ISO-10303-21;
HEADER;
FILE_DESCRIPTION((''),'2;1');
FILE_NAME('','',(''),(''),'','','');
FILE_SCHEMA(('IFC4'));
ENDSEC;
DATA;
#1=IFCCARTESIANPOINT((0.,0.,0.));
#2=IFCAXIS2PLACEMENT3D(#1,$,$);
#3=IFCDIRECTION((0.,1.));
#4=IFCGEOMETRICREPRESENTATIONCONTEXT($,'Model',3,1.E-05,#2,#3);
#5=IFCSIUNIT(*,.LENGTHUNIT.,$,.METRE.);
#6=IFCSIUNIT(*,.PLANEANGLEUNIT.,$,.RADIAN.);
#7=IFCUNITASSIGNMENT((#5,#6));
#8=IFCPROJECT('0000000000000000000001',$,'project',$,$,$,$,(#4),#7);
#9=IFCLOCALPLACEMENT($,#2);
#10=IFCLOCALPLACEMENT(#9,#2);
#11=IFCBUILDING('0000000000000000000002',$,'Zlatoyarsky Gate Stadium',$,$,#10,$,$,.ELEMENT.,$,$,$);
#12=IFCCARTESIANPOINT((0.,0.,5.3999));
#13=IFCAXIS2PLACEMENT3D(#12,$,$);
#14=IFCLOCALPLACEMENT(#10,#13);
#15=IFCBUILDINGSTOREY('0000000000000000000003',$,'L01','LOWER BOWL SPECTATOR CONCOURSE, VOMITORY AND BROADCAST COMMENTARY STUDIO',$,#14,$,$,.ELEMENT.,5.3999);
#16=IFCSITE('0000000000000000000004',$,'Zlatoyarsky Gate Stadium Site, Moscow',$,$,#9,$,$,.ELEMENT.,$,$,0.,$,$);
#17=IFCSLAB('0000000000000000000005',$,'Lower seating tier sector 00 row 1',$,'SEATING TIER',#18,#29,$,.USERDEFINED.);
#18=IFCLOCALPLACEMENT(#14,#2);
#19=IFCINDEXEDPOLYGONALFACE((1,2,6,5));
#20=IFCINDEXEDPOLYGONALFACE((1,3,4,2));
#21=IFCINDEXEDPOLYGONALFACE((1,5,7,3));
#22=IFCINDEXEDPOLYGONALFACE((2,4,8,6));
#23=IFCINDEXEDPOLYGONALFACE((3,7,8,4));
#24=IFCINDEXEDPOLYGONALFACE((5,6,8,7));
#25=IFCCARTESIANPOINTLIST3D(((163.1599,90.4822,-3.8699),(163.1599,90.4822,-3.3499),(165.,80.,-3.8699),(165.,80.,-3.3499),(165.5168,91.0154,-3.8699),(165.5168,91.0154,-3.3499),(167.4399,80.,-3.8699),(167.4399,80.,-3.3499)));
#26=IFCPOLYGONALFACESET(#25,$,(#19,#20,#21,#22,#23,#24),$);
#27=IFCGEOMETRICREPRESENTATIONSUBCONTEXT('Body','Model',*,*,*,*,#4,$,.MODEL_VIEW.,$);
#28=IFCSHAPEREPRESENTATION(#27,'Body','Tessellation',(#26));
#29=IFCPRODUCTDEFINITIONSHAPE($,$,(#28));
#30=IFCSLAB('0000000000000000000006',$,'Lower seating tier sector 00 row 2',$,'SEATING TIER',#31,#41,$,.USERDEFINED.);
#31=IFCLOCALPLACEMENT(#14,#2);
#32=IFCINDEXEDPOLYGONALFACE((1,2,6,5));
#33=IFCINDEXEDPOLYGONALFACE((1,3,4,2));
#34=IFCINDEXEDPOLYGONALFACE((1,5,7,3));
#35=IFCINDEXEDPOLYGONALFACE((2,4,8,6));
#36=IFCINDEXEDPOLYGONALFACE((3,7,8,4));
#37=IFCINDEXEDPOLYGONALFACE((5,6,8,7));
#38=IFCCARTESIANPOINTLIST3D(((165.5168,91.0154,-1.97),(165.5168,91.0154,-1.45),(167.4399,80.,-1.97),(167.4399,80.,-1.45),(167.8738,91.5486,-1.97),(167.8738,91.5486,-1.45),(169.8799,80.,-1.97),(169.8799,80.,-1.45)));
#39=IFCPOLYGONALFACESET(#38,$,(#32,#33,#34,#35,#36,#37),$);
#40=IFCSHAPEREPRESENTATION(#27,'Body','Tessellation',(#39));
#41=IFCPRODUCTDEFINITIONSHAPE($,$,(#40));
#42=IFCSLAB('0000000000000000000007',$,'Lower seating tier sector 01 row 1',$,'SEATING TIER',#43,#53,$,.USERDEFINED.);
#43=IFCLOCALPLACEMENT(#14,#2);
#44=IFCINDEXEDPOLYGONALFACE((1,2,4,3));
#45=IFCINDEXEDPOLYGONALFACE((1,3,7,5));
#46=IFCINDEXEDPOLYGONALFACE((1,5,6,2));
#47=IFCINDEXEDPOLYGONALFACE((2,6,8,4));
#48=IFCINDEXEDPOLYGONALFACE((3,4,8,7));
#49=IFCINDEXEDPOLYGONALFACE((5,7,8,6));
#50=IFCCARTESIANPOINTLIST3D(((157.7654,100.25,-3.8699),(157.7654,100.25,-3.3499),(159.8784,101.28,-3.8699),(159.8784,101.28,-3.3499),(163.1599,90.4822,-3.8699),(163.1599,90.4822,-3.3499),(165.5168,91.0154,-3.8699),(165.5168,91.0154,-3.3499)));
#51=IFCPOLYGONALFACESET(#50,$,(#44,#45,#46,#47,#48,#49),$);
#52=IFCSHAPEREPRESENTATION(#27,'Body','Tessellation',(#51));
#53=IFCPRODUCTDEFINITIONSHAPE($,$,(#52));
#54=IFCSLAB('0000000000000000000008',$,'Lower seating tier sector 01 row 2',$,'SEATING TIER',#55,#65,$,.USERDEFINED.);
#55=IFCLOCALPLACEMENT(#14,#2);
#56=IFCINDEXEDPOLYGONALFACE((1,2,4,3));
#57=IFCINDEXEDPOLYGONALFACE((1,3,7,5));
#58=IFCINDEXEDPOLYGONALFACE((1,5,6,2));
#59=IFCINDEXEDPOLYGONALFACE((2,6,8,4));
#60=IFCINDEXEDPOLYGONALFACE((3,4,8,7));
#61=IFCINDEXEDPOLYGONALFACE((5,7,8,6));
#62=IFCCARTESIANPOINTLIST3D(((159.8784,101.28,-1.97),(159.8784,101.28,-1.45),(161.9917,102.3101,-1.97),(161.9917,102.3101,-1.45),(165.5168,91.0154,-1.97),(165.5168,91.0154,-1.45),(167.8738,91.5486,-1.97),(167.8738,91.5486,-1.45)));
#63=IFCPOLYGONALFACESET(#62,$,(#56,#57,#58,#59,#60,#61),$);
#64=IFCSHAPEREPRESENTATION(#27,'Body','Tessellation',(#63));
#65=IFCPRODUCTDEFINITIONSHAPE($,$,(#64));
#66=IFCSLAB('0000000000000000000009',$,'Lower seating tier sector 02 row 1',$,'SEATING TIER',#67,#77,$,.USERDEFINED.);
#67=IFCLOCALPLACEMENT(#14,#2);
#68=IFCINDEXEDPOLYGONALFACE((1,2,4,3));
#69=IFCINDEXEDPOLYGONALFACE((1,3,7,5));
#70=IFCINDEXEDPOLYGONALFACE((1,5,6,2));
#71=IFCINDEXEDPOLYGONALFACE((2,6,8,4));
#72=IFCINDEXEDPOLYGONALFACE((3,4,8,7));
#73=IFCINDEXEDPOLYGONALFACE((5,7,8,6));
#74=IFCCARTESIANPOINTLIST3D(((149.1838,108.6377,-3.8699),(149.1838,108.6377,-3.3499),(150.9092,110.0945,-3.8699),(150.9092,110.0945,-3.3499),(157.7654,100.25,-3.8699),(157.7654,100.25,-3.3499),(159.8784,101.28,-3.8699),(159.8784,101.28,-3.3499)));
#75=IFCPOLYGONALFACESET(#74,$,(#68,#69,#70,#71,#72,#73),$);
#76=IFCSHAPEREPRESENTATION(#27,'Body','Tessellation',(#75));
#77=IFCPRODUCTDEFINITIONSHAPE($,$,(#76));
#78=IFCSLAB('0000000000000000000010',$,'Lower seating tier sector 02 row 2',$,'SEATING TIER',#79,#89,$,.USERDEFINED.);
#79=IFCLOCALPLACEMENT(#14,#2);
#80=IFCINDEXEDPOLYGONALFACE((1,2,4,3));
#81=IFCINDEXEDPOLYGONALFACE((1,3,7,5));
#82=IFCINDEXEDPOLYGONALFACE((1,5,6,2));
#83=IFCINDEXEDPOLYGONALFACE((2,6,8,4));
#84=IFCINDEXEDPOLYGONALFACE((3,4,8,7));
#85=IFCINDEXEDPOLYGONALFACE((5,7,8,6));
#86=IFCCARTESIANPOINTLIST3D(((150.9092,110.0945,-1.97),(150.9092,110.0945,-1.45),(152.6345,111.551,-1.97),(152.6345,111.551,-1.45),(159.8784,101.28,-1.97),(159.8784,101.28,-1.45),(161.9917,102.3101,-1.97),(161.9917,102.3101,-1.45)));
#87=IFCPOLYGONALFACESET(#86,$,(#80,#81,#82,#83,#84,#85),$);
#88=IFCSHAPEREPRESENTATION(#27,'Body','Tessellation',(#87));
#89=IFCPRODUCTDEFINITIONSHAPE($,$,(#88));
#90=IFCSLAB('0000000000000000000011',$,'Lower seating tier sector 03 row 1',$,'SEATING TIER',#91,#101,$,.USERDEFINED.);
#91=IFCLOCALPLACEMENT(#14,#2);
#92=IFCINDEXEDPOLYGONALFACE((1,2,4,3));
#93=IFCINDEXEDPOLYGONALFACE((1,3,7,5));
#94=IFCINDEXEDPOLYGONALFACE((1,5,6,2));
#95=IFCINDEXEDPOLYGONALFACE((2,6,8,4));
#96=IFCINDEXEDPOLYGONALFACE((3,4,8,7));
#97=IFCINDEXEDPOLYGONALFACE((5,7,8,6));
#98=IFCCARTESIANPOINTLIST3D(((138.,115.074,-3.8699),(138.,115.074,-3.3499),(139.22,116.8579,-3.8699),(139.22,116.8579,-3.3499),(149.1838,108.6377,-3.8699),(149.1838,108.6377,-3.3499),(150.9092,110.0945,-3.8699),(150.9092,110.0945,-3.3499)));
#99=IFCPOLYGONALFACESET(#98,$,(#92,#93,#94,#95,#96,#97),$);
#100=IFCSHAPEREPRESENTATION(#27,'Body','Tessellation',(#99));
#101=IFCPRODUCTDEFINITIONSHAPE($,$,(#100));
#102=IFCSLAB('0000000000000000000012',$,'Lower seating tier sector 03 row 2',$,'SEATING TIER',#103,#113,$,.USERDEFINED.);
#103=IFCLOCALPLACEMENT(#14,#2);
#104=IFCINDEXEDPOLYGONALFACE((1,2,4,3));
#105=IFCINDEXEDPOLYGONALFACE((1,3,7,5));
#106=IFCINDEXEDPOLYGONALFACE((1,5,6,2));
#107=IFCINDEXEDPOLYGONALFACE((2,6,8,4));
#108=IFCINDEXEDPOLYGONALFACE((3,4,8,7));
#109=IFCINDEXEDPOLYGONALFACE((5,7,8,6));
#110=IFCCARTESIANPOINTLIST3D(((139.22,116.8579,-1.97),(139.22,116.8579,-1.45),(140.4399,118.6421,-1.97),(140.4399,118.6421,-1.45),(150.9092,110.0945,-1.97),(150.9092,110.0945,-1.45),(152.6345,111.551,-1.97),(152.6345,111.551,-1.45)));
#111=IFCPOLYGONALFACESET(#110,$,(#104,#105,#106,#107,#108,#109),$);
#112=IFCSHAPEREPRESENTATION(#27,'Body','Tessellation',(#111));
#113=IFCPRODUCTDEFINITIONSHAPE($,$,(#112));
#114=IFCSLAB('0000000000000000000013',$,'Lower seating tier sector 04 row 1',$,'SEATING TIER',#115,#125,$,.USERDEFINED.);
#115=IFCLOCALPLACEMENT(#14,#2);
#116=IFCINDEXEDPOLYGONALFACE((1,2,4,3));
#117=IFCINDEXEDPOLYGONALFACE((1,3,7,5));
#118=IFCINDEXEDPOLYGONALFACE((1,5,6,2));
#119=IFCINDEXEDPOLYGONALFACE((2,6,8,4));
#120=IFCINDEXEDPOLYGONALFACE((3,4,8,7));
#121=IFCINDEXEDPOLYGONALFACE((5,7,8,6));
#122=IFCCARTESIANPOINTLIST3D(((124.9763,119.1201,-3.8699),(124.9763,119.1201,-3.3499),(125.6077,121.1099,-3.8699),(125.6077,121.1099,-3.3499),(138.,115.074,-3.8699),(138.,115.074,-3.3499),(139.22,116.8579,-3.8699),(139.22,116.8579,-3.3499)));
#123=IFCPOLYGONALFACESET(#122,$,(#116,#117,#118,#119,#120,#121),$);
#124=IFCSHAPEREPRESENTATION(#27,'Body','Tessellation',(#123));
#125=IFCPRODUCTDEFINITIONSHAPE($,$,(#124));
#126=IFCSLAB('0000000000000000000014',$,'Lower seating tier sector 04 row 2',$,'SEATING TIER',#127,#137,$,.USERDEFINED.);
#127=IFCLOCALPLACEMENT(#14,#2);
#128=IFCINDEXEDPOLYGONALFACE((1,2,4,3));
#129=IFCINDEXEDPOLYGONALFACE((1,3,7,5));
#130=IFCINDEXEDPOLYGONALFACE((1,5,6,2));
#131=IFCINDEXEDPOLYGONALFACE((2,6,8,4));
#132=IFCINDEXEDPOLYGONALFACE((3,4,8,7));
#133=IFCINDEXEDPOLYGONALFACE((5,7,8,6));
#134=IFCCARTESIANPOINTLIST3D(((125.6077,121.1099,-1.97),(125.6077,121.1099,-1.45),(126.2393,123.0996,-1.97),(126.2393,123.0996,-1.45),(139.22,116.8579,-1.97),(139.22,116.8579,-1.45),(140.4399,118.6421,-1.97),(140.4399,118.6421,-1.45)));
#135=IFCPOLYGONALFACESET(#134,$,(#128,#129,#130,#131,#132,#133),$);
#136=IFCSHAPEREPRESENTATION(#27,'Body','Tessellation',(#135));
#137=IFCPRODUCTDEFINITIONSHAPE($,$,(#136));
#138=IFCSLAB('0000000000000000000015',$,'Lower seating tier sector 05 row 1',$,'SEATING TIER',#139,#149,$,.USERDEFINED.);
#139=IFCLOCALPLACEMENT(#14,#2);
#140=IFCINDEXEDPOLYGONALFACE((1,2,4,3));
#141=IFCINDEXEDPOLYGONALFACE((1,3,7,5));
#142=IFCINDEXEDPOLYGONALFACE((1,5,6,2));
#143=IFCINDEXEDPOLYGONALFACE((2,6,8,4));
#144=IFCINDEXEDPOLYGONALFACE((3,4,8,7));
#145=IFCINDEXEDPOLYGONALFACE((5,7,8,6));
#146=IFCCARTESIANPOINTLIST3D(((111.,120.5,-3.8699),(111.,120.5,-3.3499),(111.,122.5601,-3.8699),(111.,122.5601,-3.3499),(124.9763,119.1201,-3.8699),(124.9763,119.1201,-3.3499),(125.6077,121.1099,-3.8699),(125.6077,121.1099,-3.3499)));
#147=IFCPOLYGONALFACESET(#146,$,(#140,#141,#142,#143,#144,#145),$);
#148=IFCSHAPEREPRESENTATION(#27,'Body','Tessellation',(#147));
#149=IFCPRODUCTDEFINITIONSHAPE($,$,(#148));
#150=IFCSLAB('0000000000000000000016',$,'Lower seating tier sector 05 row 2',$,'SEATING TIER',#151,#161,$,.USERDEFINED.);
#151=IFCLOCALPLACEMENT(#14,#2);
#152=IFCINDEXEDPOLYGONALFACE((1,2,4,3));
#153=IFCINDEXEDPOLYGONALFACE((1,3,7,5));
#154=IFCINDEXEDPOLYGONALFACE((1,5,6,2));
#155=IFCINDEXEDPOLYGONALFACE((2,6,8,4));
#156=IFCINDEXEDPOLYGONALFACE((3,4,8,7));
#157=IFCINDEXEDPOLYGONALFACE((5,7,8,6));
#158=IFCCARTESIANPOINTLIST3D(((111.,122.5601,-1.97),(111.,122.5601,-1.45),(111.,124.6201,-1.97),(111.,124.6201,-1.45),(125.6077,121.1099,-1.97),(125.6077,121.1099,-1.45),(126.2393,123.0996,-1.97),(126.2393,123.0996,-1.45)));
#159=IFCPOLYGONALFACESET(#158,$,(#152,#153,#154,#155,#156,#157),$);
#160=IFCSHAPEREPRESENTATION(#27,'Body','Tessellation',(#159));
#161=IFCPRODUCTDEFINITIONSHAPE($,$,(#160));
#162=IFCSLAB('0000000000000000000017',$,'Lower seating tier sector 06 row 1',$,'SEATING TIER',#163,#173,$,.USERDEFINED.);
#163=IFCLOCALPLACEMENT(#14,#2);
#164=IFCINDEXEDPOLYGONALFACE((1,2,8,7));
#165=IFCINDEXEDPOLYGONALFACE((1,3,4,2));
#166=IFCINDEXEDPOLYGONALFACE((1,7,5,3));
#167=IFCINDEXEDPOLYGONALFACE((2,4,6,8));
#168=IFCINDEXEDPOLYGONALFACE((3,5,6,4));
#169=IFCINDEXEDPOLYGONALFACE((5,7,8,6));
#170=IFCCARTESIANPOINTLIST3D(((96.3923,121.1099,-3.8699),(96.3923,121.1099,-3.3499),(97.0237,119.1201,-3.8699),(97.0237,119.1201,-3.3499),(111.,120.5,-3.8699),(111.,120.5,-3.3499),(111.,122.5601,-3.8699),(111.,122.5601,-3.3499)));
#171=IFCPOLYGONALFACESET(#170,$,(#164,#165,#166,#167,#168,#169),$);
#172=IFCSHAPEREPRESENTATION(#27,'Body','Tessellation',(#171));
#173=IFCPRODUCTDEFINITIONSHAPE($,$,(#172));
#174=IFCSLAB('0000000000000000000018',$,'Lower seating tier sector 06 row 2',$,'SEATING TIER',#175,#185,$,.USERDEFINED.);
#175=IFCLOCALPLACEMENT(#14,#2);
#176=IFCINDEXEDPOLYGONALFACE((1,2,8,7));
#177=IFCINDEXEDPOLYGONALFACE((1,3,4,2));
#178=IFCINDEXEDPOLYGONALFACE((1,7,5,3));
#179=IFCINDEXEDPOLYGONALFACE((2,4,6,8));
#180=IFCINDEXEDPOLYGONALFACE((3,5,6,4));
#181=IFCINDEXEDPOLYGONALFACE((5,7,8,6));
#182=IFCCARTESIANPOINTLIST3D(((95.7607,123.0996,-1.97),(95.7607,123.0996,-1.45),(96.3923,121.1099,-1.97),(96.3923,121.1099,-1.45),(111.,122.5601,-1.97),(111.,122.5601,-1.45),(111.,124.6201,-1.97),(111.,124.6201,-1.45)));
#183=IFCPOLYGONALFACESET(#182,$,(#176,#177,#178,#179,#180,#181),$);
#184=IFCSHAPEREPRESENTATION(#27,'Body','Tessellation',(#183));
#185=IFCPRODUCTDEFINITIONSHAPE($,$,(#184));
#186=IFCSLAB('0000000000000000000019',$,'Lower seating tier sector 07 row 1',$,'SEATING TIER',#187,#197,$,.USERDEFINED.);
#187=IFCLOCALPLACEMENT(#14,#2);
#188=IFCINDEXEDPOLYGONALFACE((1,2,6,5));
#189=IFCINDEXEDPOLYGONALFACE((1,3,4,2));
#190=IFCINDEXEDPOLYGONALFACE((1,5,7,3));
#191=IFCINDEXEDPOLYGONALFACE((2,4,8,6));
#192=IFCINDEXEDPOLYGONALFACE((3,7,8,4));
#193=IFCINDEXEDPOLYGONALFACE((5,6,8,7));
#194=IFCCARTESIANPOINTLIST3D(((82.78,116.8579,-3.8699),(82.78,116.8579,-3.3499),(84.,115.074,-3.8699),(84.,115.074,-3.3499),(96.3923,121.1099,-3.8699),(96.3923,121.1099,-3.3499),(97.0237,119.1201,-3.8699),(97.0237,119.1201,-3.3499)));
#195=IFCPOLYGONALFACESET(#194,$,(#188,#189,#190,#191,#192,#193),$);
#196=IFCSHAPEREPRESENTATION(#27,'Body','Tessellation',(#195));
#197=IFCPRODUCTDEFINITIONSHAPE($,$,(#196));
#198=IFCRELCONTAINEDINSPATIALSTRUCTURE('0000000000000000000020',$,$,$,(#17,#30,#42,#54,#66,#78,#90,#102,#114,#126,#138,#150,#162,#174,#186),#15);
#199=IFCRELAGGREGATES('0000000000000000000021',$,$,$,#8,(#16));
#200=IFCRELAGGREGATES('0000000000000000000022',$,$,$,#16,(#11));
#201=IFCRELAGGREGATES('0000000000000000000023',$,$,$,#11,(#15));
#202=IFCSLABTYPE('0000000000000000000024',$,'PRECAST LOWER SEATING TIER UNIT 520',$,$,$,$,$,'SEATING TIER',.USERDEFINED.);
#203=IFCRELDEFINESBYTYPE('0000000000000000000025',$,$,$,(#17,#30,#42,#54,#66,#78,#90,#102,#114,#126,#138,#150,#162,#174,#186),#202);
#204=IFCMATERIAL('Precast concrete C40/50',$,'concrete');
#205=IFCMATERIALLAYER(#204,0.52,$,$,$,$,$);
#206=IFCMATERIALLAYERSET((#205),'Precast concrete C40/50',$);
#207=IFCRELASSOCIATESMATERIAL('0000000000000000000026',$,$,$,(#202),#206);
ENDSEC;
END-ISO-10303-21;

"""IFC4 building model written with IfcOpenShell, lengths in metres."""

from ifc_helpers import new_model, si_unit, direction, frame, origin, place, context, subcontext, project, spatial, polyline, outline, extrude, material, layer, layer_set, type_object, element, save


model = new_model("IFC4")

# Units and contexts
model_context = context("Model", 3, precision=1e-05, world=origin(), true_north=direction((0.0, 1.0)))
body_context = subcontext(model_context, "Body", "Model", "MODEL_VIEW")
ifc_project = project(units=[si_unit("LENGTHUNIT", "METRE"), si_unit("PLANEANGLEUNIT", "RADIAN")], contexts=[model_context])

# Site, building, storey
site_placement = place(None, origin())
site = spatial("IfcSite", under=ifc_project, at=site_placement, Name="Zlatoyarsky Gate Stadium Site, Moscow", CompositionType="ELEMENT", RefElevation=0.0)
building_placement = place(site_placement, origin())
building = spatial("IfcBuilding", under=site, at=building_placement, Name="Zlatoyarsky Gate Stadium", CompositionType="ELEMENT")
storey_placement = place(building_placement, frame((0.0, 0.0, 5.3999)))
storey = spatial("IfcBuildingStorey", under=building, at=storey_placement, Name="L01", Description="LOWER BOWL SPECTATOR CONCOURSE, VOMITORY AND BROADCAST COMMENTARY STUDIO", CompositionType="ELEMENT", Elevation=5.3999)

# Slabs
ifc_material = material(Name="Precast concrete C40/50", Category="concrete")
ifc_layer = layer(ifc_material, 0.52)
ifc_layer_set = layer_set([ifc_layer], Name="Precast concrete C40/50")
slab_type = type_object("IfcSlabType", Name="PRECAST LOWER SEATING TIER UNIT 520", ElementType="SEATING TIER", PredefinedType="USERDEFINED", material=ifc_layer_set)
slab_1_placement = place(storey_placement, frame((0.0, 0.0, -3.8699)))
element("IfcSlab", 1, at=slab_1_placement, inside=storey, type_object=slab_type, Name="Lower seating tier sector 00 row 1", ObjectType="SEATING TIER", PredefinedType="USERDEFINED", context=body_context, shape_type="SweptSolid", body=[
    extrude(outline(polyline([(165.0, 80.0), (167.4399, 80.0), (165.5168, 91.0154), (163.1599, 90.4822), (165.0, 80.0)])), origin(), (0.0, 0.0, 1.0), 0.52),
])
slab_2_placement = place(storey_placement, frame((0.0, 0.0, -1.97)))
element("IfcSlab", 2, at=slab_2_placement, inside=storey, type_object=slab_type, Name="Lower seating tier sector 00 row 2", ObjectType="SEATING TIER", PredefinedType="USERDEFINED", context=body_context, shape_type="SweptSolid", body=[
    extrude(outline(polyline([(167.4399, 80.0), (169.8799, 80.0), (167.8738, 91.5486), (165.5168, 91.0154), (167.4399, 80.0)])), origin(), (0.0, 0.0, 1.0), 0.52),
])
slab_3_placement = place(storey_placement, frame((0.0, 0.0, -3.8699)))
element("IfcSlab", 3, at=slab_3_placement, inside=storey, type_object=slab_type, Name="Lower seating tier sector 01 row 1", ObjectType="SEATING TIER", PredefinedType="USERDEFINED", context=body_context, shape_type="SweptSolid", body=[
    extrude(outline(polyline([(163.1599, 90.4822), (165.5168, 91.0154), (159.8784, 101.28), (157.7654, 100.25), (163.1599, 90.4822)])), origin(), (0.0, 0.0, 1.0), 0.52),
])
slab_4_placement = place(storey_placement, frame((0.0, 0.0, -1.97)))
element("IfcSlab", 4, at=slab_4_placement, inside=storey, type_object=slab_type, Name="Lower seating tier sector 01 row 2", ObjectType="SEATING TIER", PredefinedType="USERDEFINED", context=body_context, shape_type="SweptSolid", body=[
    extrude(outline(polyline([(165.5168, 91.0154), (167.8738, 91.5486), (161.9917, 102.3101), (159.8784, 101.28), (165.5168, 91.0154)])), origin(), (0.0, 0.0, 1.0), 0.52),
])
slab_5_placement = place(storey_placement, frame((0.0, 0.0, -3.8699)))
element("IfcSlab", 5, at=slab_5_placement, inside=storey, type_object=slab_type, Name="Lower seating tier sector 02 row 1", ObjectType="SEATING TIER", PredefinedType="USERDEFINED", context=body_context, shape_type="SweptSolid", body=[
    extrude(outline(polyline([(157.7654, 100.25), (159.8784, 101.28), (150.9092, 110.0945), (149.1838, 108.6377), (157.7654, 100.25)])), origin(), (0.0, 0.0, 1.0), 0.52),
])
slab_6_placement = place(storey_placement, frame((0.0, 0.0, -1.97)))
element("IfcSlab", 6, at=slab_6_placement, inside=storey, type_object=slab_type, Name="Lower seating tier sector 02 row 2", ObjectType="SEATING TIER", PredefinedType="USERDEFINED", context=body_context, shape_type="SweptSolid", body=[
    extrude(outline(polyline([(159.8784, 101.28), (161.9917, 102.3101), (152.6345, 111.551), (150.9092, 110.0945), (159.8784, 101.28)])), origin(), (0.0, 0.0, 1.0), 0.52),
])
slab_7_placement = place(storey_placement, frame((0.0, 0.0, -3.8699)))
element("IfcSlab", 7, at=slab_7_placement, inside=storey, type_object=slab_type, Name="Lower seating tier sector 03 row 1", ObjectType="SEATING TIER", PredefinedType="USERDEFINED", context=body_context, shape_type="SweptSolid", body=[
    extrude(outline(polyline([(149.1838, 108.6377), (150.9092, 110.0945), (139.22, 116.8579), (138.0, 115.074), (149.1838, 108.6377)])), origin(), (0.0, 0.0, 1.0), 0.52),
])
slab_8_placement = place(storey_placement, frame((0.0, 0.0, -1.97)))
element("IfcSlab", 8, at=slab_8_placement, inside=storey, type_object=slab_type, Name="Lower seating tier sector 03 row 2", ObjectType="SEATING TIER", PredefinedType="USERDEFINED", context=body_context, shape_type="SweptSolid", body=[
    extrude(outline(polyline([(150.9092, 110.0945), (152.6345, 111.551), (140.4399, 118.6421), (139.22, 116.8579), (150.9092, 110.0945)])), origin(), (0.0, 0.0, 1.0), 0.52),
])
slab_9_placement = place(storey_placement, frame((0.0, 0.0, -3.8699)))
element("IfcSlab", 9, at=slab_9_placement, inside=storey, type_object=slab_type, Name="Lower seating tier sector 04 row 1", ObjectType="SEATING TIER", PredefinedType="USERDEFINED", context=body_context, shape_type="SweptSolid", body=[
    extrude(outline(polyline([(138.0, 115.074), (139.22, 116.8579), (125.6077, 121.1099), (124.9763, 119.1201), (138.0, 115.074)])), origin(), (0.0, 0.0, 1.0), 0.52),
])
slab_10_placement = place(storey_placement, frame((0.0, 0.0, -1.97)))
element("IfcSlab", 10, at=slab_10_placement, inside=storey, type_object=slab_type, Name="Lower seating tier sector 04 row 2", ObjectType="SEATING TIER", PredefinedType="USERDEFINED", context=body_context, shape_type="SweptSolid", body=[
    extrude(outline(polyline([(139.22, 116.8579), (140.4399, 118.6421), (126.2393, 123.0996), (125.6077, 121.1099), (139.22, 116.8579)])), origin(), (0.0, 0.0, 1.0), 0.52),
])
slab_11_placement = place(storey_placement, frame((0.0, 0.0, -3.8699)))
element("IfcSlab", 11, at=slab_11_placement, inside=storey, type_object=slab_type, Name="Lower seating tier sector 05 row 1", ObjectType="SEATING TIER", PredefinedType="USERDEFINED", context=body_context, shape_type="SweptSolid", body=[
    extrude(outline(polyline([(124.9763, 119.1201), (125.6077, 121.1099), (111.0, 122.5601), (111.0, 120.5), (124.9763, 119.1201)])), origin(), (0.0, 0.0, 1.0), 0.52),
])
slab_12_placement = place(storey_placement, frame((0.0, 0.0, -1.97)))
element("IfcSlab", 12, at=slab_12_placement, inside=storey, type_object=slab_type, Name="Lower seating tier sector 05 row 2", ObjectType="SEATING TIER", PredefinedType="USERDEFINED", context=body_context, shape_type="SweptSolid", body=[
    extrude(outline(polyline([(125.6077, 121.1099), (126.2393, 123.0996), (111.0, 124.6201), (111.0, 122.5601), (125.6077, 121.1099)])), origin(), (0.0, 0.0, 1.0), 0.52),
])
slab_13_placement = place(storey_placement, frame((0.0, 0.0, -3.8699)))
element("IfcSlab", 13, at=slab_13_placement, inside=storey, type_object=slab_type, Name="Lower seating tier sector 06 row 1", ObjectType="SEATING TIER", PredefinedType="USERDEFINED", context=body_context, shape_type="SweptSolid", body=[
    extrude(outline(polyline([(111.0, 120.5), (111.0, 122.5601), (96.3923, 121.1099), (97.0237, 119.1201), (111.0, 120.5)])), origin(), (0.0, 0.0, 1.0), 0.52),
])
slab_14_placement = place(storey_placement, frame((0.0, 0.0, -1.97)))
element("IfcSlab", 14, at=slab_14_placement, inside=storey, type_object=slab_type, Name="Lower seating tier sector 06 row 2", ObjectType="SEATING TIER", PredefinedType="USERDEFINED", context=body_context, shape_type="SweptSolid", body=[
    extrude(outline(polyline([(111.0, 122.5601), (111.0, 124.6201), (95.7607, 123.0996), (96.3923, 121.1099), (111.0, 122.5601)])), origin(), (0.0, 0.0, 1.0), 0.52),
])
slab_15_placement = place(storey_placement, frame((0.0, 0.0, -3.8699)))
element("IfcSlab", 15, at=slab_15_placement, inside=storey, type_object=slab_type, Name="Lower seating tier sector 07 row 1", ObjectType="SEATING TIER", PredefinedType="USERDEFINED", context=body_context, shape_type="SweptSolid", body=[
    extrude(outline(polyline([(97.0237, 119.1201), (96.3923, 121.1099), (82.78, 116.8579), (84.0, 115.074), (97.0237, 119.1201)])), origin(), (0.0, 0.0, 1.0), 0.52),
])

save(model, "model.ifc")
